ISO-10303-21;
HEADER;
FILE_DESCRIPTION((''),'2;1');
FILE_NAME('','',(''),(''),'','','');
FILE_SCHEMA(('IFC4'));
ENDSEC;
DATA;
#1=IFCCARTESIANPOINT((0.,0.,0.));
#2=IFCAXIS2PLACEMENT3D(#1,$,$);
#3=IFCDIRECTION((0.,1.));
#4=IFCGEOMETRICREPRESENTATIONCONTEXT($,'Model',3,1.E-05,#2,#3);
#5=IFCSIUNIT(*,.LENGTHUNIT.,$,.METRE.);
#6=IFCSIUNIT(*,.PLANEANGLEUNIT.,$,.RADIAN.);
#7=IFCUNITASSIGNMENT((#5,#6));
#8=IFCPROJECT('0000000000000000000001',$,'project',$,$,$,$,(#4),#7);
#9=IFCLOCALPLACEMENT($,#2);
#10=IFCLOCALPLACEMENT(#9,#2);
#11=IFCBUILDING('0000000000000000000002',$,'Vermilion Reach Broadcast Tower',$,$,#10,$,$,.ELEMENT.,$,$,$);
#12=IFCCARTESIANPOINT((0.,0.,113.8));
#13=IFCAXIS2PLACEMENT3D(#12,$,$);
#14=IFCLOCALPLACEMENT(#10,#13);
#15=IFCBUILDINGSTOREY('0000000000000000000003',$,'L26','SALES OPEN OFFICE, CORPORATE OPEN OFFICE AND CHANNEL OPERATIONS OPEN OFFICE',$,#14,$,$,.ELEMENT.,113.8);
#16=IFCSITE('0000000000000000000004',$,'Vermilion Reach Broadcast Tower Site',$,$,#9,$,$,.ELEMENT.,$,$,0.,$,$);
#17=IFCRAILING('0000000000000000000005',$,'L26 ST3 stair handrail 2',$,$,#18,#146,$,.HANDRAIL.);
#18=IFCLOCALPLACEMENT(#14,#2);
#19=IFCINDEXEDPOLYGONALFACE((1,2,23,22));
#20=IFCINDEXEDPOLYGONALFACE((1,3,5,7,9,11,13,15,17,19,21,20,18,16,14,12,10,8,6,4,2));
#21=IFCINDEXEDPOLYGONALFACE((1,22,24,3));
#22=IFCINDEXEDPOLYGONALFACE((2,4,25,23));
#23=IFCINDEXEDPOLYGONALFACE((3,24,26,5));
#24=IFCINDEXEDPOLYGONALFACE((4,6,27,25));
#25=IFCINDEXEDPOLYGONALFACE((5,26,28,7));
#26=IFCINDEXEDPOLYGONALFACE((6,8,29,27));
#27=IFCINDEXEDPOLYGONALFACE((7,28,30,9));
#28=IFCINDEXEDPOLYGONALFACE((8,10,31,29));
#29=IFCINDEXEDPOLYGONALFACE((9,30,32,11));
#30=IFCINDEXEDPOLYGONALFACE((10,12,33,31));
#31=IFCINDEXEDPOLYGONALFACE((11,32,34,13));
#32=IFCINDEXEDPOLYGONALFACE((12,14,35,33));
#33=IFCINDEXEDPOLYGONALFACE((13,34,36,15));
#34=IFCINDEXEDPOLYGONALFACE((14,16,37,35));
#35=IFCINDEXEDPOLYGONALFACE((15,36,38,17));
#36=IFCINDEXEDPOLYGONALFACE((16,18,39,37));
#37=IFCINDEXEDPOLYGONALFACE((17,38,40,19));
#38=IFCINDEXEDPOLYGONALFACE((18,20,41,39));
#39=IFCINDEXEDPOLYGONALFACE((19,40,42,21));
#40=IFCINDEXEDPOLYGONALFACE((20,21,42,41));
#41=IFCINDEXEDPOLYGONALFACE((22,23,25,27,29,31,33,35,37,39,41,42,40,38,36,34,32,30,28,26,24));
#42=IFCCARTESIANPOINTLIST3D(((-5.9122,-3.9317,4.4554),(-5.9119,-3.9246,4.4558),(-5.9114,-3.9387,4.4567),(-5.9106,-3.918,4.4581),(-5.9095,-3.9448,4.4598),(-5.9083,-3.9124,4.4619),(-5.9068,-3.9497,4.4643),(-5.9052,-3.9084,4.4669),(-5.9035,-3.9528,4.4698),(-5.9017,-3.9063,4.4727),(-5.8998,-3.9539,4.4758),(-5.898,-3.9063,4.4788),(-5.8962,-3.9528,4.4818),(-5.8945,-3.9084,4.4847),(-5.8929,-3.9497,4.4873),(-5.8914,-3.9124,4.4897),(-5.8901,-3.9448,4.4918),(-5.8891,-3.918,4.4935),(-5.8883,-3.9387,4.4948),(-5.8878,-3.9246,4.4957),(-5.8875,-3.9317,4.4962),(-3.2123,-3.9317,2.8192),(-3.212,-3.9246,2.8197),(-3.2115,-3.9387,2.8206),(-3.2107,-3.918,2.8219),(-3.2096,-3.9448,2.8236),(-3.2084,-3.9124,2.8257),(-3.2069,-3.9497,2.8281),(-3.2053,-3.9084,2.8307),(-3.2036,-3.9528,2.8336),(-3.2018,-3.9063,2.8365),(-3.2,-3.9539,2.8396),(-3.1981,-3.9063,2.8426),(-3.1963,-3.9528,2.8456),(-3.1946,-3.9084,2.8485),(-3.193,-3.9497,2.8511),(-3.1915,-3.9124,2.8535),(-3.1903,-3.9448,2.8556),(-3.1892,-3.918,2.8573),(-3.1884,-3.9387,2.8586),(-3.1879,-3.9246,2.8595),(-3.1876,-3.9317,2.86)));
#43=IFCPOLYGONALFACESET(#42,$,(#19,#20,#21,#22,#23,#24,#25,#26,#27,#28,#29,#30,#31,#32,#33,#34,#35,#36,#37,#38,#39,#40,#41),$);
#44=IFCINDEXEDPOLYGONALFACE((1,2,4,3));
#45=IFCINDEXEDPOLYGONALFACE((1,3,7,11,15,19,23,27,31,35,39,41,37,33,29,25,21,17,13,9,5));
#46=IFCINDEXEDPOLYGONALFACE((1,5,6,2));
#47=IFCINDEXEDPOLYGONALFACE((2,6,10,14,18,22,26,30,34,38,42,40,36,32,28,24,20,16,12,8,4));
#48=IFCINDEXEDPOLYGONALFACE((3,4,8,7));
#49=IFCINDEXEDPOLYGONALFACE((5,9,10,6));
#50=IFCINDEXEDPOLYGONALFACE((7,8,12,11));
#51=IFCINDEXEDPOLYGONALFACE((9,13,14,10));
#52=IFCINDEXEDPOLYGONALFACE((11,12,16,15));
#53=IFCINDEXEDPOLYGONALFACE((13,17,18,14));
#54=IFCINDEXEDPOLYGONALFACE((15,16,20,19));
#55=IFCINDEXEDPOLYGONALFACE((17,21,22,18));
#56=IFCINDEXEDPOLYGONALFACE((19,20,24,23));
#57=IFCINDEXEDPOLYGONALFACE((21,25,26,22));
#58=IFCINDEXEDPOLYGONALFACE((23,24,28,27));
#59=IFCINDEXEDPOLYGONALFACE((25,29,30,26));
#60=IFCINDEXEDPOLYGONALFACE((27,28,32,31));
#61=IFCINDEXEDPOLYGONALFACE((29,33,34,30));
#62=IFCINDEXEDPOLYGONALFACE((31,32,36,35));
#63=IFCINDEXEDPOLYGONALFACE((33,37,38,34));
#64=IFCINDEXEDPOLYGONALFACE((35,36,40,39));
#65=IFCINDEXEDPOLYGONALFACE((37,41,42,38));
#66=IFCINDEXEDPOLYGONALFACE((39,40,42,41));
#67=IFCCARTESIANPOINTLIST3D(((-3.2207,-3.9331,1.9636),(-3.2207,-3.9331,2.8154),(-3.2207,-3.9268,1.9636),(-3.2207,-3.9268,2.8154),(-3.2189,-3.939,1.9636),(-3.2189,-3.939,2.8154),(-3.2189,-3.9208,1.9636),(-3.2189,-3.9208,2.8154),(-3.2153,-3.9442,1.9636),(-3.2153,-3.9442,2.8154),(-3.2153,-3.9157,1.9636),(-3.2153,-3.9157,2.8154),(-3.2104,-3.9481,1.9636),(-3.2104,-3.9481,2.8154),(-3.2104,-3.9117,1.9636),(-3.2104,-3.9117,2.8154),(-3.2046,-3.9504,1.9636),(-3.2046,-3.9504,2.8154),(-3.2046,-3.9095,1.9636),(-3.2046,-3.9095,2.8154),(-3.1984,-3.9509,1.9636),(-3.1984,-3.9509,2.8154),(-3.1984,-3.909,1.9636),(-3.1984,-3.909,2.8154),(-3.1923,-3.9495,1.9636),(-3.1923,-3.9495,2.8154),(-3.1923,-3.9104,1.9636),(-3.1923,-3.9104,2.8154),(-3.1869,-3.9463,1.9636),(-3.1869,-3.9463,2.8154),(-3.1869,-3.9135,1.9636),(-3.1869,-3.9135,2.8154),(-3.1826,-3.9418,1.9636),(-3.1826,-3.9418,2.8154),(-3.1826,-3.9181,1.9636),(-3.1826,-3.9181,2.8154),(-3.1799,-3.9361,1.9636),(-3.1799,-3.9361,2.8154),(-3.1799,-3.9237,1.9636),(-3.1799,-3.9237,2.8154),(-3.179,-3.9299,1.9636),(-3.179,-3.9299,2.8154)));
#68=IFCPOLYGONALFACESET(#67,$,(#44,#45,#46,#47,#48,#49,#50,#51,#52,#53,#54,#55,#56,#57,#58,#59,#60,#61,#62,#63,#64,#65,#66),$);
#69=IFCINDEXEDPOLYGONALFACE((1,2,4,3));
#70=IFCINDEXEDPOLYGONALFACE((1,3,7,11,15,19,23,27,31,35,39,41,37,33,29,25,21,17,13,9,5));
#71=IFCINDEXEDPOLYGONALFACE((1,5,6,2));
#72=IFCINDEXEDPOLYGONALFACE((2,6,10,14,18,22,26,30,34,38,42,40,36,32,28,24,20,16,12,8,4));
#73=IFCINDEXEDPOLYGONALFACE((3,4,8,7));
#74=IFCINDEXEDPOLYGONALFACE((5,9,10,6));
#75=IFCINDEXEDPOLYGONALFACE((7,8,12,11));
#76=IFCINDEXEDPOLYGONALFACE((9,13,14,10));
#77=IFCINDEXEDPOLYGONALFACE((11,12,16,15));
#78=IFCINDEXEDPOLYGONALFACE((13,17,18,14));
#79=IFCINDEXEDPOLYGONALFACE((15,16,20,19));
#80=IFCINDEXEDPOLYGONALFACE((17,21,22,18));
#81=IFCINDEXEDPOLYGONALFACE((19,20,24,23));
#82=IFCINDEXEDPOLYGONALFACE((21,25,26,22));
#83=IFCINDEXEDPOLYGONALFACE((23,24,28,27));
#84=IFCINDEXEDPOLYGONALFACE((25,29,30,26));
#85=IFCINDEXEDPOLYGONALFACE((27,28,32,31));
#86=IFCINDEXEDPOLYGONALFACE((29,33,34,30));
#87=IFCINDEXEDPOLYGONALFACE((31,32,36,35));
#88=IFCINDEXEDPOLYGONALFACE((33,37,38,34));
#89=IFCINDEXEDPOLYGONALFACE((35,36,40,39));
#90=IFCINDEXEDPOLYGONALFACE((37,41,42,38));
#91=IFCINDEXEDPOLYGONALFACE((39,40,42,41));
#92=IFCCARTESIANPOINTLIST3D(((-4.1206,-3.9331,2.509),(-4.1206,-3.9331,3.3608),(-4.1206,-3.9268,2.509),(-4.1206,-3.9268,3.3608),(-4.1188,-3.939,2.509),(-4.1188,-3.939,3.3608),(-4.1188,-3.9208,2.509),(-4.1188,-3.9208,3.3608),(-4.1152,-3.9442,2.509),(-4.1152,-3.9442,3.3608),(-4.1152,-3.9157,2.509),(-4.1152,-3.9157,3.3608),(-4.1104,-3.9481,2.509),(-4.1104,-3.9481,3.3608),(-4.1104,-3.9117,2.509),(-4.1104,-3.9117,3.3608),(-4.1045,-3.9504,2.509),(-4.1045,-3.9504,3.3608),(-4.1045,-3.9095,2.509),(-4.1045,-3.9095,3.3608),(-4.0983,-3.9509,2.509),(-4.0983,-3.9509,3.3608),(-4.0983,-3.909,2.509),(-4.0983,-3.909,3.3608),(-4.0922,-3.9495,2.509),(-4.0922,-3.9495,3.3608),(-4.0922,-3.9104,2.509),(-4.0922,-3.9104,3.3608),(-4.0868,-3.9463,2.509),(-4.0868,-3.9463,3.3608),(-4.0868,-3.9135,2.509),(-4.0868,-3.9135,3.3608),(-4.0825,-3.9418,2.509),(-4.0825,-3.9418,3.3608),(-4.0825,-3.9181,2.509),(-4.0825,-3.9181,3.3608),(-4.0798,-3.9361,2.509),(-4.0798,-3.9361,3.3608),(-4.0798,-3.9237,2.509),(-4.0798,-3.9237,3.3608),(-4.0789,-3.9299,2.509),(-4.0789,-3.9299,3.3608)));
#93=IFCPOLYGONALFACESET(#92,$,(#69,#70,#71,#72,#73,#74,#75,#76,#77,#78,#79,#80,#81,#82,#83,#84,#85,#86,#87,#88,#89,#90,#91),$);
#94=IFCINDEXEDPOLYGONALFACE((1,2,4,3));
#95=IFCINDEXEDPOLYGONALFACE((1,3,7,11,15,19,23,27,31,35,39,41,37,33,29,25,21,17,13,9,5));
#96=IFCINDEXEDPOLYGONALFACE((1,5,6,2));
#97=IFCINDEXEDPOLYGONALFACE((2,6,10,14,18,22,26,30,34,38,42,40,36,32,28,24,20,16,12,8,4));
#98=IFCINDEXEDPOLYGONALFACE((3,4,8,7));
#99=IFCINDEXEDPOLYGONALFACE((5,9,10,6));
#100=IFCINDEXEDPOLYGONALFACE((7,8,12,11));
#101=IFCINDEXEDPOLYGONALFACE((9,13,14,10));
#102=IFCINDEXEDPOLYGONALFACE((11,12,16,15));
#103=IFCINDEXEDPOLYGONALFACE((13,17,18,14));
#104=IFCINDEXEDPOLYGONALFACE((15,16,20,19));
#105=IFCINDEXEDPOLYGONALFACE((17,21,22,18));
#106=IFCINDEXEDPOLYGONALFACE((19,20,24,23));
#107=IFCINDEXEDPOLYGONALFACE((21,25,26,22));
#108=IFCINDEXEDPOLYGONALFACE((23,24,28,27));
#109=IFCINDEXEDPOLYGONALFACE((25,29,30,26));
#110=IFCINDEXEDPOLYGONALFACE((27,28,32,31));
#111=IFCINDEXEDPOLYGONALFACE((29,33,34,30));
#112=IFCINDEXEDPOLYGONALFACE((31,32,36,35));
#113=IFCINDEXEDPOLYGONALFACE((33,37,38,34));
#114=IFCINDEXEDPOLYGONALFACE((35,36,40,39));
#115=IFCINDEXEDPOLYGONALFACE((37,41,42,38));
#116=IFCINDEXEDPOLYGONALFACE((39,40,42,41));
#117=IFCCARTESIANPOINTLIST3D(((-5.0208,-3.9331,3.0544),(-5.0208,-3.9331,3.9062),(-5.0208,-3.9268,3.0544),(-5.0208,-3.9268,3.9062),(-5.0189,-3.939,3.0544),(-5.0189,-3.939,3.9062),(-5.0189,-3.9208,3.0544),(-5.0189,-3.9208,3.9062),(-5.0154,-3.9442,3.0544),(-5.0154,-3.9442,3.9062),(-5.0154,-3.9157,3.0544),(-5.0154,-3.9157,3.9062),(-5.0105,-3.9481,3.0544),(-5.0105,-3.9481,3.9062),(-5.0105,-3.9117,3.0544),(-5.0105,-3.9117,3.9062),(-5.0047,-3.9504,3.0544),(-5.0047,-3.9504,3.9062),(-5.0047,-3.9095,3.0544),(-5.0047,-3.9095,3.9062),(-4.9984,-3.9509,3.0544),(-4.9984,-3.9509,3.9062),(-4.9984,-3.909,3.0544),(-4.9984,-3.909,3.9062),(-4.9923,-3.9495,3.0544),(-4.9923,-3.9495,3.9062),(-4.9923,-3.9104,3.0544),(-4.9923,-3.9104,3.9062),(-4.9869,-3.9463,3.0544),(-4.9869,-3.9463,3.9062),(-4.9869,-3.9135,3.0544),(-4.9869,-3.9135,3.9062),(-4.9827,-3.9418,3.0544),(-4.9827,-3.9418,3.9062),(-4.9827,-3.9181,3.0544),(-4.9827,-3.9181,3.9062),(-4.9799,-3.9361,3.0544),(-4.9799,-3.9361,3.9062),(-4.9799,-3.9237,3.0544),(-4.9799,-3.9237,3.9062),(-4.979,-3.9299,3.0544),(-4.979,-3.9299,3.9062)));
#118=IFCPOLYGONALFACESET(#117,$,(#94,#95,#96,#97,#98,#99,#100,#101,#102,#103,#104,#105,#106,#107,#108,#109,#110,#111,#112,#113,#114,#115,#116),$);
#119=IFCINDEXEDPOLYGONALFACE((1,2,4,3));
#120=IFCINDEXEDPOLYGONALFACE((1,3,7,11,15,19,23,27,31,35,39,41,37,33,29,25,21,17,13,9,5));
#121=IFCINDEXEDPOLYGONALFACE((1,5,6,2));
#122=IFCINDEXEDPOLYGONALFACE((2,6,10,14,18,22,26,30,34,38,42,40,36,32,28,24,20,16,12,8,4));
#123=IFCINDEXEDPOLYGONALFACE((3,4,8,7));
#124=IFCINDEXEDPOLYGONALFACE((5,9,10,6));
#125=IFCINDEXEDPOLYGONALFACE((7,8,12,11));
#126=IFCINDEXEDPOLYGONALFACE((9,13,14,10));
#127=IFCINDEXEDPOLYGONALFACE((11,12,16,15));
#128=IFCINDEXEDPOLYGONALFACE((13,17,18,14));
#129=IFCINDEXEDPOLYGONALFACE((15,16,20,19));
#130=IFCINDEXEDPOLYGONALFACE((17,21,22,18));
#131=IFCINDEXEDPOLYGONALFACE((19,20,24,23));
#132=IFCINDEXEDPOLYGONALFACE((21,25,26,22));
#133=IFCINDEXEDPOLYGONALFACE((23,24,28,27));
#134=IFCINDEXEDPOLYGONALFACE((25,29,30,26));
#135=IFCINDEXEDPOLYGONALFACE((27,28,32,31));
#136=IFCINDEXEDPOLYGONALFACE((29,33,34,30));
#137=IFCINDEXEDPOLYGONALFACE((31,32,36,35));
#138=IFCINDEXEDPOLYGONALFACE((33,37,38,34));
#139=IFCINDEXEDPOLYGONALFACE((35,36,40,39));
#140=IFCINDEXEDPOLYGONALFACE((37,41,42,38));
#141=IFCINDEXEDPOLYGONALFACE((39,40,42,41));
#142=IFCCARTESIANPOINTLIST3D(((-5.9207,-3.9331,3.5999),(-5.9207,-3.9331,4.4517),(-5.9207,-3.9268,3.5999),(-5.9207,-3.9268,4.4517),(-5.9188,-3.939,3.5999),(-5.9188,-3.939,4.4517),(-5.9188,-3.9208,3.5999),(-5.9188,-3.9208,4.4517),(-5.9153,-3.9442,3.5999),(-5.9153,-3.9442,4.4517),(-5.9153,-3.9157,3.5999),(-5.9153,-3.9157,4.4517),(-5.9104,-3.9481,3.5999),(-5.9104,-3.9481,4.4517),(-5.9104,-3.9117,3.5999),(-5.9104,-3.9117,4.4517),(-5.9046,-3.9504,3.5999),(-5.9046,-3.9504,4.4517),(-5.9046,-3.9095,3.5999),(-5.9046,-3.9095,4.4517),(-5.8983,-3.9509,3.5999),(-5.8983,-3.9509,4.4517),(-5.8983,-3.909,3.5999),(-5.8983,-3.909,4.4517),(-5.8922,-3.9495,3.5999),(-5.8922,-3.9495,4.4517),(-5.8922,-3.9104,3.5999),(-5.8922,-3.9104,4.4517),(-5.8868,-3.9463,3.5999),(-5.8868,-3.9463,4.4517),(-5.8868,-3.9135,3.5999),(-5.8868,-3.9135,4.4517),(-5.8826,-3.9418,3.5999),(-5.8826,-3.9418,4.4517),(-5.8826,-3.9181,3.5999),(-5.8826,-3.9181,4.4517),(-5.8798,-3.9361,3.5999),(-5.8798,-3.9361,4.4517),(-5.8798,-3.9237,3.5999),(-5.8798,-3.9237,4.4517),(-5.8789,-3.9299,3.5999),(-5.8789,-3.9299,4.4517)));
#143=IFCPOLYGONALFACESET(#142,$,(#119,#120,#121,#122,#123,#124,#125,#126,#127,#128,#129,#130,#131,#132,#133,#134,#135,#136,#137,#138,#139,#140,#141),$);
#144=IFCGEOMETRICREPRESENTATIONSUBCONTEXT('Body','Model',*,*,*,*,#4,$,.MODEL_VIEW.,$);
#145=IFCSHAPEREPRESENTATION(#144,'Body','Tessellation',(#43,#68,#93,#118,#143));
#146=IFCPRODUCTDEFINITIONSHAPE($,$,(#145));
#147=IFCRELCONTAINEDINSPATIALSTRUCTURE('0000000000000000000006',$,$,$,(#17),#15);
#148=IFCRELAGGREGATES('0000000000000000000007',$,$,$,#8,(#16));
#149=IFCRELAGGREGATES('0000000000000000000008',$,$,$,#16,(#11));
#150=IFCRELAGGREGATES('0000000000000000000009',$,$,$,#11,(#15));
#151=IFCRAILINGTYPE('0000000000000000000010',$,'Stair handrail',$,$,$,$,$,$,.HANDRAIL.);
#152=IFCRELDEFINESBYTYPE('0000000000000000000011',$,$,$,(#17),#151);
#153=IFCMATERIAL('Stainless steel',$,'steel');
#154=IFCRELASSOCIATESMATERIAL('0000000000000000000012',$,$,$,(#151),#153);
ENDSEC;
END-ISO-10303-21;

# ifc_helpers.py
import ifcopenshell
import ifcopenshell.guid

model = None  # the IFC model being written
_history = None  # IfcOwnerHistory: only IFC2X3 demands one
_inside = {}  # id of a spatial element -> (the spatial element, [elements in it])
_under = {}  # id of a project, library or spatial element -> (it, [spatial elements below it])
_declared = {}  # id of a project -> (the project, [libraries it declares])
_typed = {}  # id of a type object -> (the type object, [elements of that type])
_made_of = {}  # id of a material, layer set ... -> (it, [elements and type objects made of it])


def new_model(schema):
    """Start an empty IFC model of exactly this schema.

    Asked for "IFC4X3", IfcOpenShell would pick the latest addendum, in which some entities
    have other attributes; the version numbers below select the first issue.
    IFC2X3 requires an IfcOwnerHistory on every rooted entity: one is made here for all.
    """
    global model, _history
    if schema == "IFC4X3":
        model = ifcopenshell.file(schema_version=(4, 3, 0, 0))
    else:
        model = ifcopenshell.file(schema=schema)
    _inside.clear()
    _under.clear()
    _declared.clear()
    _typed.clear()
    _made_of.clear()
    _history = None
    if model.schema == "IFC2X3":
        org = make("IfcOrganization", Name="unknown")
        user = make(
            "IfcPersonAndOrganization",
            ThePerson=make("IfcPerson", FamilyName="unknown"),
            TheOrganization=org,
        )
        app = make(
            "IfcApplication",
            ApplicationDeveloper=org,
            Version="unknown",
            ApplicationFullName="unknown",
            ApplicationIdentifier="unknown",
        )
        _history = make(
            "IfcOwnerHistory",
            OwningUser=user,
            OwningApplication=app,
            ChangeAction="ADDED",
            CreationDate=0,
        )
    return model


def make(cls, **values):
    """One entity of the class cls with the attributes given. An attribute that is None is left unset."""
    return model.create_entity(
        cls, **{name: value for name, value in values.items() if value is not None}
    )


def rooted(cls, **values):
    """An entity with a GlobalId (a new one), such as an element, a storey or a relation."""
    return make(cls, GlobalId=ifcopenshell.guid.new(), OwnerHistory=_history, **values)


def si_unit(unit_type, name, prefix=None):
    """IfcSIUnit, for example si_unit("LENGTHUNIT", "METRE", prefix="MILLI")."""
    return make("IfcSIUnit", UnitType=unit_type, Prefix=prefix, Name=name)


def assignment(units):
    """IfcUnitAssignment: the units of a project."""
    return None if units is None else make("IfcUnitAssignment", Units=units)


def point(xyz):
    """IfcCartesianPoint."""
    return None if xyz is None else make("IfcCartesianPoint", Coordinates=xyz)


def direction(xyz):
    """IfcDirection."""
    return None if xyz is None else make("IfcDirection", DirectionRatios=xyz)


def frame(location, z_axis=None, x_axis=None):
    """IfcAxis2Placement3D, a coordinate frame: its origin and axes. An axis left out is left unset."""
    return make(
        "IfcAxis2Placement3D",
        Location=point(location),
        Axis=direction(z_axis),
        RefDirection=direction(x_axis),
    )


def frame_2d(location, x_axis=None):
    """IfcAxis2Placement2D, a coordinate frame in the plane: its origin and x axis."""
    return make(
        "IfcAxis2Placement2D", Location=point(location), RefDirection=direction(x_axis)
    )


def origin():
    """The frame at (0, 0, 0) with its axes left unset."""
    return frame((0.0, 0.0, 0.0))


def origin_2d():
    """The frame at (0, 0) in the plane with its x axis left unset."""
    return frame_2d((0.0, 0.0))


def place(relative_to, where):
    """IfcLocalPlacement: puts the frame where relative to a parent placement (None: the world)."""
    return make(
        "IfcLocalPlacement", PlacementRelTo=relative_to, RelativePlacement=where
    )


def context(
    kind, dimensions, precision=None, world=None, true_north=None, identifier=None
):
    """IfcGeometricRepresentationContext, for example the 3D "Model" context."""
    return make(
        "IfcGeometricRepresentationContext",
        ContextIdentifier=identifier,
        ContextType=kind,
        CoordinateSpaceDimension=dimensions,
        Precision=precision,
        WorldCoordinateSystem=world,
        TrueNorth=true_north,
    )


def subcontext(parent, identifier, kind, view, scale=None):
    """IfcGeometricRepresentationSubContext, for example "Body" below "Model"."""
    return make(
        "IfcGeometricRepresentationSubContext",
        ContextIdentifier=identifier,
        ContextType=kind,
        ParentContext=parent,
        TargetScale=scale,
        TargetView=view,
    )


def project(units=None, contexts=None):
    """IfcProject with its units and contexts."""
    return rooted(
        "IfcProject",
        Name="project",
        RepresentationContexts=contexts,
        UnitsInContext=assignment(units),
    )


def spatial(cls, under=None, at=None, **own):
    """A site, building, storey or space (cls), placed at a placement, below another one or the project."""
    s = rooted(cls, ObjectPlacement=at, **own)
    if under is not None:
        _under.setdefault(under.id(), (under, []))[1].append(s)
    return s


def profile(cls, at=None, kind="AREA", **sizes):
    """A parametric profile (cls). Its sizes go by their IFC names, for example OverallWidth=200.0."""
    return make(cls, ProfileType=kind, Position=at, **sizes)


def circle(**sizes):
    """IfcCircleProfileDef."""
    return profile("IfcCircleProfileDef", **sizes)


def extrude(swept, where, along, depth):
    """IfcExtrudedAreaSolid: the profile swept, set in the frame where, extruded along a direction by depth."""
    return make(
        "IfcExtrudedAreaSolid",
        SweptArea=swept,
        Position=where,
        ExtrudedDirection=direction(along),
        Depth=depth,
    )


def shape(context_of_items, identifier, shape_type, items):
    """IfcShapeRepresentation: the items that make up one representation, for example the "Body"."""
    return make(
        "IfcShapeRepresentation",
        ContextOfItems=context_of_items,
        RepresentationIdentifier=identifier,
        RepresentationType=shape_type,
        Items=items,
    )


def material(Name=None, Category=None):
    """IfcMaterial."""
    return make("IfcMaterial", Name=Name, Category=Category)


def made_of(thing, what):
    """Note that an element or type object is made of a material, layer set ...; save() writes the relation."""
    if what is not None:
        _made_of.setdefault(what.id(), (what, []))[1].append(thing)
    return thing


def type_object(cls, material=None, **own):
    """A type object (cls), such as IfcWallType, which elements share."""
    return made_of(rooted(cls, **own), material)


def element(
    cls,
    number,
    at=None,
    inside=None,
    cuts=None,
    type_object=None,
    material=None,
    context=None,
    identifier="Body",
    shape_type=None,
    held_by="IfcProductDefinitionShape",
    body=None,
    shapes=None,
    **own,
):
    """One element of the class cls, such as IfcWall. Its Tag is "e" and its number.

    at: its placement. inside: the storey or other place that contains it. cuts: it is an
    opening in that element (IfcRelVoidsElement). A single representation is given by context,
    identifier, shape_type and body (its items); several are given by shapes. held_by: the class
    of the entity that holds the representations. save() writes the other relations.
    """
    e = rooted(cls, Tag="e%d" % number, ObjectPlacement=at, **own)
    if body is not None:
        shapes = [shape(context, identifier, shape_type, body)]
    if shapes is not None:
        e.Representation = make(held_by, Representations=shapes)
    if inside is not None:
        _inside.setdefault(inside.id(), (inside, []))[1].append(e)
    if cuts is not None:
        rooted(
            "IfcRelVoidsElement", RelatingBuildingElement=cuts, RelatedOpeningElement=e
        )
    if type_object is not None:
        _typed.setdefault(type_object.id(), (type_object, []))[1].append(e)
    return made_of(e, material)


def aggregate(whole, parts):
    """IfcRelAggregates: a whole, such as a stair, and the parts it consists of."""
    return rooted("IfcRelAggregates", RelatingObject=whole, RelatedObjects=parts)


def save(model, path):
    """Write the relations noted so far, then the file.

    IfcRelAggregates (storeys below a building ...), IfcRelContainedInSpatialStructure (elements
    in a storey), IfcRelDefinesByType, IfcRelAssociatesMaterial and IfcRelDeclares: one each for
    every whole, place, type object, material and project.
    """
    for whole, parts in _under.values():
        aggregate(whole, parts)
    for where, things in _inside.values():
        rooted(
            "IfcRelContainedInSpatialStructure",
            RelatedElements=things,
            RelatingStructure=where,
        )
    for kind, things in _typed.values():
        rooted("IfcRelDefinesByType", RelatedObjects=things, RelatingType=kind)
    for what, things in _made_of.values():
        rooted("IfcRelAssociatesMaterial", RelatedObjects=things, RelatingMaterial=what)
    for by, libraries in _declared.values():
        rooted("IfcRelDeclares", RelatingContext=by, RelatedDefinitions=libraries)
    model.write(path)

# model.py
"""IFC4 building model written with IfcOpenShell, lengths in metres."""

from ifc_helpers import new_model, si_unit, direction, frame, origin, origin_2d, place, context, subcontext, project, spatial, circle, extrude, material, type_object, element, save


model = new_model("IFC4")

# Units and contexts
model_context = context("Model", 3, precision=1e-05, world=origin(), true_north=direction((0.0, 1.0)))
body_context = subcontext(model_context, "Body", "Model", "MODEL_VIEW")
ifc_project = project(units=[si_unit("LENGTHUNIT", "METRE"), si_unit("PLANEANGLEUNIT", "RADIAN")], contexts=[model_context])

# Site, building, storey
site_placement = place(None, origin())
site = spatial("IfcSite", under=ifc_project, at=site_placement, Name="Vermilion Reach Broadcast Tower Site", CompositionType="ELEMENT", RefElevation=0.0)
building_placement = place(site_placement, origin())
building = spatial("IfcBuilding", under=site, at=building_placement, Name="Vermilion Reach Broadcast Tower", CompositionType="ELEMENT")
storey_placement = place(building_placement, frame((0.0, 0.0, 113.8)))
storey = spatial("IfcBuildingStorey", under=building, at=storey_placement, Name="L26", Description="SALES OPEN OFFICE, CORPORATE OPEN OFFICE AND CHANNEL OPERATIONS OPEN OFFICE", CompositionType="ELEMENT", Elevation=113.8)

# Railing
ifc_material_1 = material(Name="Stainless steel", Category="steel")
railing_type_1 = type_object("IfcRailingType", Name="Stair handrail", PredefinedType="HANDRAIL", material=ifc_material_1)
railing_1_placement = place(storey_placement, frame((-3.2, -3.9299, 1.9636)))
element("IfcRailing", 1, at=railing_1_placement, inside=storey, type_object=railing_type_1, Name="L26 ST3 stair handrail 2", PredefinedType="HANDRAIL", context=body_context, shape_type="SweptSolid", body=[
    extrude(circle(Radius=0.0239, at=origin_2d()), frame((0.0, 0.0, 0.876), z_axis=(-0.855212, 0.0, 0.518278), x_axis=(0.0, -1.0, 0.0)), (0.0, 0.0, 1.0), 3.157),
    extrude(circle(Radius=0.021, at=origin_2d()), origin(), (0.0, 0.0, 1.0), 0.8518),
    extrude(circle(Radius=0.021, at=origin_2d()), frame((-0.8999, 0.0, 0.5454)), (0.0, 0.0, 1.0), 0.8518),
    extrude(circle(Radius=0.021, at=origin_2d()), frame((-1.8, 0.0, 1.0908)), (0.0, 0.0, 1.0), 0.8518),
    extrude(circle(Radius=0.021, at=origin_2d()), frame((-2.7, 0.0, 1.6362)), (0.0, 0.0, 1.0), 0.8518),
])

save(model, "model.ifc")
